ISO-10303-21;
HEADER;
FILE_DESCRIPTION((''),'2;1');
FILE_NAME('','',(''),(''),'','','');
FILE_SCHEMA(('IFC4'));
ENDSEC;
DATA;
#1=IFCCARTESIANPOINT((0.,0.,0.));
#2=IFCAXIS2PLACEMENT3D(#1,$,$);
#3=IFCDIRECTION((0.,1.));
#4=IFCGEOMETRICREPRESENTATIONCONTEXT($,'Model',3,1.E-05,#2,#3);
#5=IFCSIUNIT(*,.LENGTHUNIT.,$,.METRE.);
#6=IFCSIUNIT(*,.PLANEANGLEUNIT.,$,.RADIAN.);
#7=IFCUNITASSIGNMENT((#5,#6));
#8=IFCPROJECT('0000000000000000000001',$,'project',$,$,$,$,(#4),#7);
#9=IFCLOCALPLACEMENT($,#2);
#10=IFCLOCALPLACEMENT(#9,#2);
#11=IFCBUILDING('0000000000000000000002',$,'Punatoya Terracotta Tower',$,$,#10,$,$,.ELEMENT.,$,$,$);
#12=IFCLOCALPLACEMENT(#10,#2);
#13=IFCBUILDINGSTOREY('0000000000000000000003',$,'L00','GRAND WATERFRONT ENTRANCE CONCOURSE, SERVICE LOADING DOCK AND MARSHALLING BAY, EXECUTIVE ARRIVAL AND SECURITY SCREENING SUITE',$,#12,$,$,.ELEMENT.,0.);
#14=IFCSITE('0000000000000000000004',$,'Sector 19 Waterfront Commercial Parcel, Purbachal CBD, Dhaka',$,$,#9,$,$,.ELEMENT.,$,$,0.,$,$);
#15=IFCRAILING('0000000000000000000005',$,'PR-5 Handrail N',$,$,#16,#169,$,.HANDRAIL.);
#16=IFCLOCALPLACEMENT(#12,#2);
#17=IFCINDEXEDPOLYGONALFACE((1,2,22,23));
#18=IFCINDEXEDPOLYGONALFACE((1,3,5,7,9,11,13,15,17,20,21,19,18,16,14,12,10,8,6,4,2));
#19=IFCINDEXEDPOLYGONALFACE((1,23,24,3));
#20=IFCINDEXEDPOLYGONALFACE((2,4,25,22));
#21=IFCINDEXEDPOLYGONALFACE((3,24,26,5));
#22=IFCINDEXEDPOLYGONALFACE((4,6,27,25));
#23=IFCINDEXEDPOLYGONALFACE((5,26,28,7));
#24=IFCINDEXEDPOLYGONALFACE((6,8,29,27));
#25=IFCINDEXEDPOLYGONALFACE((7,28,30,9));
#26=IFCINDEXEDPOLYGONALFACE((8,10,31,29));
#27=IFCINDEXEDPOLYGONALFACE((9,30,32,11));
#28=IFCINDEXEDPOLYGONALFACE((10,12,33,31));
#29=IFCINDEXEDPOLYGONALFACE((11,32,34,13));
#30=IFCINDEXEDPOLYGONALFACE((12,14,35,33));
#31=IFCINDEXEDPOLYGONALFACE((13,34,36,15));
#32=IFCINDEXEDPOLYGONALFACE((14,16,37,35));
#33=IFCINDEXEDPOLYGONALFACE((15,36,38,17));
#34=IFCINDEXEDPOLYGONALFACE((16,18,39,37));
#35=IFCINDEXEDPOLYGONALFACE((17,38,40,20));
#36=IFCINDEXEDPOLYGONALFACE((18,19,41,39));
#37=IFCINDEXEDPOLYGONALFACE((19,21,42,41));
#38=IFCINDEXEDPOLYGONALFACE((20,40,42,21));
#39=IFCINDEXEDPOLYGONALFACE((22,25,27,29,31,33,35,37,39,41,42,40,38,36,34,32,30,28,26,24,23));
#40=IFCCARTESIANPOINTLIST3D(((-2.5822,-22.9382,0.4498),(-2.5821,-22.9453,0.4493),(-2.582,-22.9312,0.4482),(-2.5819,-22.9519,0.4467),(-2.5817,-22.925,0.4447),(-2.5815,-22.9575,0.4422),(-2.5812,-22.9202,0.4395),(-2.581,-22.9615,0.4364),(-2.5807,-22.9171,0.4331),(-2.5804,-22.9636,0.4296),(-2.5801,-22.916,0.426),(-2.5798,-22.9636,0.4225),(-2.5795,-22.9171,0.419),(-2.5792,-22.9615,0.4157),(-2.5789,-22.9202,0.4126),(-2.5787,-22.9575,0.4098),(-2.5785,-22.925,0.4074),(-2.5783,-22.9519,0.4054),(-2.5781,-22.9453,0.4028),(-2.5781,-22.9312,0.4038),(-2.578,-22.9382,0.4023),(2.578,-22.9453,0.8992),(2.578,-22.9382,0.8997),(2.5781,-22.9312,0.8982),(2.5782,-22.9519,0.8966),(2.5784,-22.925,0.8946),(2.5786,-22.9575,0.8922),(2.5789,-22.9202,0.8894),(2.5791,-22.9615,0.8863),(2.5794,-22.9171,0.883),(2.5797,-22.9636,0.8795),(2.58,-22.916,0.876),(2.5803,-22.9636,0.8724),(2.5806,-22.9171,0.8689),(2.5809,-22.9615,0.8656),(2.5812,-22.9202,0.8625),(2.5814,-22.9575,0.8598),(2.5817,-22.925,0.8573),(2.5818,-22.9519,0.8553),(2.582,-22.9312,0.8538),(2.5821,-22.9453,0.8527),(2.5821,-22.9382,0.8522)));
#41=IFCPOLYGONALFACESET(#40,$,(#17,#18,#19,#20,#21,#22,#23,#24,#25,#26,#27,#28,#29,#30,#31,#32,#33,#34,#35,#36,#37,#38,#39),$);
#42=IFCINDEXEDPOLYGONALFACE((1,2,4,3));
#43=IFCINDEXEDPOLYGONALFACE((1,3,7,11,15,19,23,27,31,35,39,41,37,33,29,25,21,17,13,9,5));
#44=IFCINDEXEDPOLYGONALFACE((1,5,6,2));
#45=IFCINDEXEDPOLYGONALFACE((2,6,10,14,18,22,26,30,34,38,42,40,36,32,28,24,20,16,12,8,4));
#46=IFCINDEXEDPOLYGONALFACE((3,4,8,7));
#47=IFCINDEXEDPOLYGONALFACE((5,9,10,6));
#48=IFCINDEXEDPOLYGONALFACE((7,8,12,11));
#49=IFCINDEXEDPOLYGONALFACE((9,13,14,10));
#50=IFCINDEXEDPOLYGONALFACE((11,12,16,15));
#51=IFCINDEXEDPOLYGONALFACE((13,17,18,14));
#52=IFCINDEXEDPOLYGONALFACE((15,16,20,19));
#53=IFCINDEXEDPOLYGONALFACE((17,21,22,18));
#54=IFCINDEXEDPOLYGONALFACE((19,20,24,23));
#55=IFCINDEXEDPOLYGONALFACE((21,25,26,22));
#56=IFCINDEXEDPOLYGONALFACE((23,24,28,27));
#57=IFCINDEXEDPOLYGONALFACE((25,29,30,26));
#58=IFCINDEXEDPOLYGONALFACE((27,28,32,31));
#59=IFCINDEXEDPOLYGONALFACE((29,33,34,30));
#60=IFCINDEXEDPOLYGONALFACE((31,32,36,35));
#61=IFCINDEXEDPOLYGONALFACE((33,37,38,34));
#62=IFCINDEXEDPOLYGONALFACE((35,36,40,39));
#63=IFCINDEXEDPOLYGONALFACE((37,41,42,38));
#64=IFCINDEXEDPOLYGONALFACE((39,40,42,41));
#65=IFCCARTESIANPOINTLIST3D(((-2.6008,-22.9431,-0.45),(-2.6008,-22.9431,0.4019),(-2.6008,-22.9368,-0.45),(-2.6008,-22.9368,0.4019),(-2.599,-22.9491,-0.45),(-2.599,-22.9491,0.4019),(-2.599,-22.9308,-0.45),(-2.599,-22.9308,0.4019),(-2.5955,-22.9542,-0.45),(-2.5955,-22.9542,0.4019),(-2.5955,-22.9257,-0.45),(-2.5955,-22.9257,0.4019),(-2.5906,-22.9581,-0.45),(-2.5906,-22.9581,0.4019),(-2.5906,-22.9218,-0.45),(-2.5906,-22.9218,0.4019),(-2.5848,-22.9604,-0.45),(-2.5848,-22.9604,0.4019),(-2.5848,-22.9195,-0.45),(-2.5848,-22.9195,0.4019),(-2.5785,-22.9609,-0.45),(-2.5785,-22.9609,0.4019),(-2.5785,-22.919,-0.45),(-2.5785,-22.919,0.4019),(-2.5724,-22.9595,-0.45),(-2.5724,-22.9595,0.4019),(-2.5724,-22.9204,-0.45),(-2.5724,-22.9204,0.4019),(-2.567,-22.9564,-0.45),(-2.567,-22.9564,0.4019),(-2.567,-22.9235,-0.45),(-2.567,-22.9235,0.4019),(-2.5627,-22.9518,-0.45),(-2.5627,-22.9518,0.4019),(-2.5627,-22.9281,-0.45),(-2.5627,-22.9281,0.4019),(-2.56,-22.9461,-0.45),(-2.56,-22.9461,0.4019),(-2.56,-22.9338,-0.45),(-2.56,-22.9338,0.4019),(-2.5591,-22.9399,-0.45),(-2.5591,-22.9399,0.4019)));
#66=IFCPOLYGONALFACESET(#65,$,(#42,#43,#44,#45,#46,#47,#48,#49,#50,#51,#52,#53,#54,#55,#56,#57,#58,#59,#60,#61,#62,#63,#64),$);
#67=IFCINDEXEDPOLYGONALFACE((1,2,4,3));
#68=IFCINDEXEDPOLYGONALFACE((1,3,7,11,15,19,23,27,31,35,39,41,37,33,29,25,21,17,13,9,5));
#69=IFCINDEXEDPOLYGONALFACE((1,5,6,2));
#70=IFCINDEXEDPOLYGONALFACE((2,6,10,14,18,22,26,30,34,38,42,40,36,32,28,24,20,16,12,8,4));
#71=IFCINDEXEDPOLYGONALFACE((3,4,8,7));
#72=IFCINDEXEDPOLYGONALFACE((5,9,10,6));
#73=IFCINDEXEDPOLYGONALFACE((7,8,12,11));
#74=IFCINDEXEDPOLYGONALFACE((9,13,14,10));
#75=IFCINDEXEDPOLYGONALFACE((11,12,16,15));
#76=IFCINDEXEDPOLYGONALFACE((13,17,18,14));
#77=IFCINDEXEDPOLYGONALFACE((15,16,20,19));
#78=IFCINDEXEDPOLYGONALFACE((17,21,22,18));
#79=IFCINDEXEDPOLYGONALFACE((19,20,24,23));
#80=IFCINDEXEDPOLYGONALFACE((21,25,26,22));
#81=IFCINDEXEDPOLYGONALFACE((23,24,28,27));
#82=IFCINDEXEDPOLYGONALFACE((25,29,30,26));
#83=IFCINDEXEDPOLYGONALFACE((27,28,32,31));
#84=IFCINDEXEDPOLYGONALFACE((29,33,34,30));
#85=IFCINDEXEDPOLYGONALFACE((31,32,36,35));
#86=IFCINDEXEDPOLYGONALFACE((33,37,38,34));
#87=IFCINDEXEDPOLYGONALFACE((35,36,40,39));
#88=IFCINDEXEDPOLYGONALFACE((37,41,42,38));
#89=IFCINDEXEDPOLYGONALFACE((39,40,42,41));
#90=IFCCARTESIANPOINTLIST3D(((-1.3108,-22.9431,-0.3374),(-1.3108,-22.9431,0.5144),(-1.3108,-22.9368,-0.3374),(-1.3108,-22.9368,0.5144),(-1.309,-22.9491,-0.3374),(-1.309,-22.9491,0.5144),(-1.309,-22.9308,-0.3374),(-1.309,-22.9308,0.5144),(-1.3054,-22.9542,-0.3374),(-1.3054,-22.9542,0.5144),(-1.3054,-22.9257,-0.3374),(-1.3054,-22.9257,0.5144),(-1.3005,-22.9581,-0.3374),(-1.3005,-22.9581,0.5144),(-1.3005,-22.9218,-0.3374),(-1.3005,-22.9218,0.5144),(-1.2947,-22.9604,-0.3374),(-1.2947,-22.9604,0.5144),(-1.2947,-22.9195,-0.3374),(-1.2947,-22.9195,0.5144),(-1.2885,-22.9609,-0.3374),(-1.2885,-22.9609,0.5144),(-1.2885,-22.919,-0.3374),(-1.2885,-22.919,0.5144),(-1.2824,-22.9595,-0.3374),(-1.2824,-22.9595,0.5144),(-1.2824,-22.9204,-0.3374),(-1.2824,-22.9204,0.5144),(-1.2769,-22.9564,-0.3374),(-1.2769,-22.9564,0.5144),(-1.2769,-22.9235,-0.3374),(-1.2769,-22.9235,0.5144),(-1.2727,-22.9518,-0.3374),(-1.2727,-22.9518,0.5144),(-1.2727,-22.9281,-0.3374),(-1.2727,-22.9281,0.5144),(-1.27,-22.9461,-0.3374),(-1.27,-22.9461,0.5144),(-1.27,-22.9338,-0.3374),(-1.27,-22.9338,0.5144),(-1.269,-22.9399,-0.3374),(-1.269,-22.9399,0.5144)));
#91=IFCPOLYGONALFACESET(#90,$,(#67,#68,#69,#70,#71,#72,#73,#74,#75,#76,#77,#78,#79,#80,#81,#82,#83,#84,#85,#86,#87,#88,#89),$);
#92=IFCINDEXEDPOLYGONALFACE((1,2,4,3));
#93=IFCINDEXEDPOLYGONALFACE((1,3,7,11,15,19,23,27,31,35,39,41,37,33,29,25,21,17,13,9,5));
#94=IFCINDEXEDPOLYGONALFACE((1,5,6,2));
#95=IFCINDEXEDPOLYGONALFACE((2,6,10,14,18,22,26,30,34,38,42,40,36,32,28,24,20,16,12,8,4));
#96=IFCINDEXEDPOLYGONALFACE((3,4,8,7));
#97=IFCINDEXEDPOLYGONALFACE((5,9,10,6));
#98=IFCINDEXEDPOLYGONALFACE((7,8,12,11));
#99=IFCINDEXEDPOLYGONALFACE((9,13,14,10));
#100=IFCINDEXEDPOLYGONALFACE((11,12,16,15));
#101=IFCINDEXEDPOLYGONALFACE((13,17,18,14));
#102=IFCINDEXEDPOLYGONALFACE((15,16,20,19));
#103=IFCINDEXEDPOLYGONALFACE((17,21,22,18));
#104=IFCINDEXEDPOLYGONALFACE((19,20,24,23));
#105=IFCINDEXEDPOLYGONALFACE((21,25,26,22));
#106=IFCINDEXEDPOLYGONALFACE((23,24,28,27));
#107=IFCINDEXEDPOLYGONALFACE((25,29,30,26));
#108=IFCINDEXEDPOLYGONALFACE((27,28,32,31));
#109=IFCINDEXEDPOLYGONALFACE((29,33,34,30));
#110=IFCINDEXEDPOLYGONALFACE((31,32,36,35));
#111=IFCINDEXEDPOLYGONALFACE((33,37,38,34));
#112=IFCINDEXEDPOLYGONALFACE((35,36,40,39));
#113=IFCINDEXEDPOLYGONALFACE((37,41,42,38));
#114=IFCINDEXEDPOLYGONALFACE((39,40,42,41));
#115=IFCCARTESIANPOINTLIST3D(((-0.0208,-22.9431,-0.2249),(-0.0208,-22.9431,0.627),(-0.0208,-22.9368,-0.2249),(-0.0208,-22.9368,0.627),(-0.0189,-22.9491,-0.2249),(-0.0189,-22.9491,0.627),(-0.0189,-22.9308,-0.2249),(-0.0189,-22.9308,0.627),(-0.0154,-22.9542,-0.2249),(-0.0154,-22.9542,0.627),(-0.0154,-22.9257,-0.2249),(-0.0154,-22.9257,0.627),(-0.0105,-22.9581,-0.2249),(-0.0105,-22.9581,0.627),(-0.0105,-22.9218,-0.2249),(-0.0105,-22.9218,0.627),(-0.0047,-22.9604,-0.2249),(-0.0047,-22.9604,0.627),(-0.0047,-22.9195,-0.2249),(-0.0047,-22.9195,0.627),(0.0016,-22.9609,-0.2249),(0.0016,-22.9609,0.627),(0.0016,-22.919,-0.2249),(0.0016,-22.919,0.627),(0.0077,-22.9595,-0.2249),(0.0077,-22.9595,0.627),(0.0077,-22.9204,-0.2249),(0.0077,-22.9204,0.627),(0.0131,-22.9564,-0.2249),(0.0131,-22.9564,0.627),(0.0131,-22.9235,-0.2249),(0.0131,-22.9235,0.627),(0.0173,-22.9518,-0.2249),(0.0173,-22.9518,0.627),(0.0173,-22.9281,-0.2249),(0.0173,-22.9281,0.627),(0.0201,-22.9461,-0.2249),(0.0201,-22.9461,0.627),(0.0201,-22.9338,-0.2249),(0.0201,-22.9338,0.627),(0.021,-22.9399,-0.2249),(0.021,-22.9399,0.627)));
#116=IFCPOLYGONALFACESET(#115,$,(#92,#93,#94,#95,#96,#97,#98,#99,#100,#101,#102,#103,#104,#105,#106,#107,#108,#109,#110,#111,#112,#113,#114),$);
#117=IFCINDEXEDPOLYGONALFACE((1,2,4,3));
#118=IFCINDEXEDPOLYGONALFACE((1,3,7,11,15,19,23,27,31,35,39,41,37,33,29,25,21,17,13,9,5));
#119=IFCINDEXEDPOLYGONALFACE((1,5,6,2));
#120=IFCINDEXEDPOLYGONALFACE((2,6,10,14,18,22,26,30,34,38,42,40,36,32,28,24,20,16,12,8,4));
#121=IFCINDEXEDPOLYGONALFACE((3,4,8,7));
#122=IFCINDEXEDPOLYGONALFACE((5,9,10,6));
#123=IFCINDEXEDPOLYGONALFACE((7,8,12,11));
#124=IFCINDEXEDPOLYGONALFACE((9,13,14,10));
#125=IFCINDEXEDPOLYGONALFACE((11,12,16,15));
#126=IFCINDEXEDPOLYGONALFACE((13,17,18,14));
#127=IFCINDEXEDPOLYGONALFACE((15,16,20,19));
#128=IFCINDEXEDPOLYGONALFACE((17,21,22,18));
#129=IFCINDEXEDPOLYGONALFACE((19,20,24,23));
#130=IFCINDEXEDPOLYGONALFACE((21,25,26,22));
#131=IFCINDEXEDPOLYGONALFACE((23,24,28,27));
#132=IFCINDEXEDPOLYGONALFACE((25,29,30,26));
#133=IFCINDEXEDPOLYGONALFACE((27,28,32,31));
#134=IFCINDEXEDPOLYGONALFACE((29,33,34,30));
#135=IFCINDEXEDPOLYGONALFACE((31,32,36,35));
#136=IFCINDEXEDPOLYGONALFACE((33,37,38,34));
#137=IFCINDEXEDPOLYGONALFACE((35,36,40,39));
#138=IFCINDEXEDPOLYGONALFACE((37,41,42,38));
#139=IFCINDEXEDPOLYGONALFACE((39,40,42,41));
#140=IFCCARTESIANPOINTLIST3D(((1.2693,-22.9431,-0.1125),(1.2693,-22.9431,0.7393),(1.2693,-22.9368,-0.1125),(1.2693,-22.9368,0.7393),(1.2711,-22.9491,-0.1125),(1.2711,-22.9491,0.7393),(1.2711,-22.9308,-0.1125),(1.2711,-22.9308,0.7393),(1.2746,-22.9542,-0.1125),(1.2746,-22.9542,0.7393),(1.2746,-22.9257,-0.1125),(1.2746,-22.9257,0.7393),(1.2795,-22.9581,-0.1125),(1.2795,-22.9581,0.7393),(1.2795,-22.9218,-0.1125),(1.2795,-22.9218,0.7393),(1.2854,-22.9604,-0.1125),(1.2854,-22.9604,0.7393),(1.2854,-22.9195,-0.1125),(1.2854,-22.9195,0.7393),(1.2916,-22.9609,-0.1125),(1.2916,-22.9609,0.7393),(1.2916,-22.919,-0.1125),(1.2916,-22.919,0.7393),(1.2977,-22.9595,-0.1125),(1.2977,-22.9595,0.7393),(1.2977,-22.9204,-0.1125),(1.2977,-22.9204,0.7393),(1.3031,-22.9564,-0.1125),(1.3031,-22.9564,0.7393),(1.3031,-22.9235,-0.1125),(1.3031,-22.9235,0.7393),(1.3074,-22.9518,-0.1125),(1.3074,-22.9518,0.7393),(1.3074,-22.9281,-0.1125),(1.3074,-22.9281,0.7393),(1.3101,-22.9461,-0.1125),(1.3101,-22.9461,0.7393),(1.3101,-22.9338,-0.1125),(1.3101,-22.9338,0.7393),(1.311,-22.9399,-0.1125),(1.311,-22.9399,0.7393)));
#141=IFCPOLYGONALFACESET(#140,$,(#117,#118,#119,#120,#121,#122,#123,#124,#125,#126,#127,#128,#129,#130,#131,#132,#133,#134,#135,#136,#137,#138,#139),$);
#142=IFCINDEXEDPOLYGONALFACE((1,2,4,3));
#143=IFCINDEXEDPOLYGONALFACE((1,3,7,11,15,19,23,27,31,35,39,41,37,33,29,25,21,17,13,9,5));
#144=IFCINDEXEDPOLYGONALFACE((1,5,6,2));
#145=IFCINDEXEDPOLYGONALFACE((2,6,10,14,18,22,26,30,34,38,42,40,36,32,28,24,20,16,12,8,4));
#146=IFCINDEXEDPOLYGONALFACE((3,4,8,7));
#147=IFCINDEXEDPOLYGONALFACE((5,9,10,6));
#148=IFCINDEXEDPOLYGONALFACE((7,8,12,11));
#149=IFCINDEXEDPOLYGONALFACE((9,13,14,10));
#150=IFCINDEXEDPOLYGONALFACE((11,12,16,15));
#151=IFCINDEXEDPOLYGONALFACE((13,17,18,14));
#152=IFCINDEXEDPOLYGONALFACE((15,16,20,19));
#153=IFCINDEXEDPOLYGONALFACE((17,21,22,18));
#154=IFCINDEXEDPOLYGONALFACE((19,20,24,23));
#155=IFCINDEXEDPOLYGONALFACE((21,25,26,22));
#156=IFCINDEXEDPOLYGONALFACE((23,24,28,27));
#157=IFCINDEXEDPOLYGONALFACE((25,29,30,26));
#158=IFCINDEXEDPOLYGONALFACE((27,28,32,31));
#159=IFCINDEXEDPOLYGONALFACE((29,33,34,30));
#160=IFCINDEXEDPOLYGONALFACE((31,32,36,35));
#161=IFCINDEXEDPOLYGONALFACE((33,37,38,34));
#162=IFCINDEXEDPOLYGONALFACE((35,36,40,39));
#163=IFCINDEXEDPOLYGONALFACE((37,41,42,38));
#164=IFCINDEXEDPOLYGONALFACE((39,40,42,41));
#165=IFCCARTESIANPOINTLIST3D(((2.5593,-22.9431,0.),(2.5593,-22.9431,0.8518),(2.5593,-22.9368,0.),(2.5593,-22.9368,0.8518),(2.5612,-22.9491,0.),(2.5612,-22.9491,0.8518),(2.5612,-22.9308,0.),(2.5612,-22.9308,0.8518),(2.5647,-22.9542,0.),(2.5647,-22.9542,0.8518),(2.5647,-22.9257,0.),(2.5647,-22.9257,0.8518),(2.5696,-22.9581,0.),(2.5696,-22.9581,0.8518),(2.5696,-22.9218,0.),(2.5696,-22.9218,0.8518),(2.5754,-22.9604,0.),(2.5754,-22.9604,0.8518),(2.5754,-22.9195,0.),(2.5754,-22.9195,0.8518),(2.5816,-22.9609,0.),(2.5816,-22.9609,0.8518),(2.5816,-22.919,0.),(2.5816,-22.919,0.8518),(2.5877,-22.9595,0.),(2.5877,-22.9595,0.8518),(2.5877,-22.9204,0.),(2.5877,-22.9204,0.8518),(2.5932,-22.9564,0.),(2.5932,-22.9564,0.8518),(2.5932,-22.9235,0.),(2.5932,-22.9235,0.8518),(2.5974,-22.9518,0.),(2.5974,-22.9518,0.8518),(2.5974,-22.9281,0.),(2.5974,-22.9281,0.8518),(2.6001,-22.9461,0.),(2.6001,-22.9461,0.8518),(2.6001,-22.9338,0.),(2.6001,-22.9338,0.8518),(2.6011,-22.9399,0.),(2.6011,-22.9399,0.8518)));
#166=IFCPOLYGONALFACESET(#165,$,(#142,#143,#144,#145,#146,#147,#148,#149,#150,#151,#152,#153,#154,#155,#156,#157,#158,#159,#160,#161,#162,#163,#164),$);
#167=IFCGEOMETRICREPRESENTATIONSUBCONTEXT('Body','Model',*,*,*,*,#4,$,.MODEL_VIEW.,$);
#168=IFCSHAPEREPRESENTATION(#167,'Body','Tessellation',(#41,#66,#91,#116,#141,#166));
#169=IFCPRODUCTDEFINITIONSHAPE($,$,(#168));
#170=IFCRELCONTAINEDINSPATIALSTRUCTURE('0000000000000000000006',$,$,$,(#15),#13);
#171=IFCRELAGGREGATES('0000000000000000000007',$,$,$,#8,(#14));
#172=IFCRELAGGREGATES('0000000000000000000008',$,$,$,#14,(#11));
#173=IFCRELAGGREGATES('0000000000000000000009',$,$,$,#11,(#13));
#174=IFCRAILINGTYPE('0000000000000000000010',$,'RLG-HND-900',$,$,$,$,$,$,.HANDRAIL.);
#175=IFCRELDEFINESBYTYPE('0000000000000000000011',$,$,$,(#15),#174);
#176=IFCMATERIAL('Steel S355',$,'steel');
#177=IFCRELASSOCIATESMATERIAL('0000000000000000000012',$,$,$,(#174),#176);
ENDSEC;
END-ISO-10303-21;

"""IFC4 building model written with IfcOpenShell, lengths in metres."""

from ifc_helpers import new_model, si_unit, direction, frame, origin, origin_2d, place, context, subcontext, project, spatial, circle, extrude, material, type_object, element, save


model = new_model("IFC4")

# Units and contexts
model_context = context("Model", 3, precision=1e-05, world=origin(), true_north=direction((0.0, 1.0)))
body_context = subcontext(model_context, "Body", "Model", "MODEL_VIEW")
ifc_project = project(units=[si_unit("LENGTHUNIT", "METRE"), si_unit("PLANEANGLEUNIT", "RADIAN")], contexts=[model_context])

# Site, building, storey
site_placement = place(None, origin())
site = spatial("IfcSite", under=ifc_project, at=site_placement, Name="Sector 19 Waterfront Commercial Parcel, Purbachal CBD, Dhaka", CompositionType="ELEMENT", RefElevation=0.0)
building_placement = place(site_placement, origin())
building = spatial("IfcBuilding", under=site, at=building_placement, Name="Punatoya Terracotta Tower", CompositionType="ELEMENT")
storey_placement = place(building_placement, origin())
storey = spatial("IfcBuildingStorey", under=building, at=storey_placement, Name="L00", Description="GRAND WATERFRONT ENTRANCE CONCOURSE, SERVICE LOADING DOCK AND MARSHALLING BAY, EXECUTIVE ARRIVAL AND SECURITY SCREENING SUITE", CompositionType="ELEMENT", Elevation=0.0)

# Shared definitions
ifc_material_1 = material(Name="Steel S355", Category="steel")

# Railing
railing_type_1 = type_object("IfcRailingType", Name="RLG-HND-900", PredefinedType="HANDRAIL", material=ifc_material_1)
for number, where, name in (
    (1, (-2.5801, -22.9399, -0.45), "PR-5 Handrail N"),
):
    element("IfcRailing", number, at=place(storey_placement, frame(where)), inside=storey, type_object=railing_type_1, Name=name, PredefinedType="HANDRAIL", context=body_context, shape_type="SweptSolid", body=[
        extrude(circle(Radius=0.0239, at=origin_2d()), frame((0.0, 0.0, 0.876), z_axis=(0.99622, 0.0, 0.086868), x_axis=(0.0, 1.0, 0.0)), (0.0, 0.0, 1.0), 5.1797),
        extrude(circle(Radius=0.021, at=origin_2d()), origin(), (0.0, 0.0, 1.0), 0.8518),
        extrude(circle(Radius=0.021, at=origin_2d()), frame((1.29, 0.0, 0.1125)), (0.0, 0.0, 1.0), 0.8518),
        extrude(circle(Radius=0.021, at=origin_2d()), frame((2.5801, 0.0, 0.2251)), (0.0, 0.0, 1.0), 0.8518),
        extrude(circle(Radius=0.021, at=origin_2d()), frame((3.8701, 0.0, 0.3374)), (0.0, 0.0, 1.0), 0.8518),
        extrude(circle(Radius=0.021, at=origin_2d()), frame((5.1602, 0.0, 0.45)), (0.0, 0.0, 1.0), 0.8518),
    ])

save(model, "model.ifc")
